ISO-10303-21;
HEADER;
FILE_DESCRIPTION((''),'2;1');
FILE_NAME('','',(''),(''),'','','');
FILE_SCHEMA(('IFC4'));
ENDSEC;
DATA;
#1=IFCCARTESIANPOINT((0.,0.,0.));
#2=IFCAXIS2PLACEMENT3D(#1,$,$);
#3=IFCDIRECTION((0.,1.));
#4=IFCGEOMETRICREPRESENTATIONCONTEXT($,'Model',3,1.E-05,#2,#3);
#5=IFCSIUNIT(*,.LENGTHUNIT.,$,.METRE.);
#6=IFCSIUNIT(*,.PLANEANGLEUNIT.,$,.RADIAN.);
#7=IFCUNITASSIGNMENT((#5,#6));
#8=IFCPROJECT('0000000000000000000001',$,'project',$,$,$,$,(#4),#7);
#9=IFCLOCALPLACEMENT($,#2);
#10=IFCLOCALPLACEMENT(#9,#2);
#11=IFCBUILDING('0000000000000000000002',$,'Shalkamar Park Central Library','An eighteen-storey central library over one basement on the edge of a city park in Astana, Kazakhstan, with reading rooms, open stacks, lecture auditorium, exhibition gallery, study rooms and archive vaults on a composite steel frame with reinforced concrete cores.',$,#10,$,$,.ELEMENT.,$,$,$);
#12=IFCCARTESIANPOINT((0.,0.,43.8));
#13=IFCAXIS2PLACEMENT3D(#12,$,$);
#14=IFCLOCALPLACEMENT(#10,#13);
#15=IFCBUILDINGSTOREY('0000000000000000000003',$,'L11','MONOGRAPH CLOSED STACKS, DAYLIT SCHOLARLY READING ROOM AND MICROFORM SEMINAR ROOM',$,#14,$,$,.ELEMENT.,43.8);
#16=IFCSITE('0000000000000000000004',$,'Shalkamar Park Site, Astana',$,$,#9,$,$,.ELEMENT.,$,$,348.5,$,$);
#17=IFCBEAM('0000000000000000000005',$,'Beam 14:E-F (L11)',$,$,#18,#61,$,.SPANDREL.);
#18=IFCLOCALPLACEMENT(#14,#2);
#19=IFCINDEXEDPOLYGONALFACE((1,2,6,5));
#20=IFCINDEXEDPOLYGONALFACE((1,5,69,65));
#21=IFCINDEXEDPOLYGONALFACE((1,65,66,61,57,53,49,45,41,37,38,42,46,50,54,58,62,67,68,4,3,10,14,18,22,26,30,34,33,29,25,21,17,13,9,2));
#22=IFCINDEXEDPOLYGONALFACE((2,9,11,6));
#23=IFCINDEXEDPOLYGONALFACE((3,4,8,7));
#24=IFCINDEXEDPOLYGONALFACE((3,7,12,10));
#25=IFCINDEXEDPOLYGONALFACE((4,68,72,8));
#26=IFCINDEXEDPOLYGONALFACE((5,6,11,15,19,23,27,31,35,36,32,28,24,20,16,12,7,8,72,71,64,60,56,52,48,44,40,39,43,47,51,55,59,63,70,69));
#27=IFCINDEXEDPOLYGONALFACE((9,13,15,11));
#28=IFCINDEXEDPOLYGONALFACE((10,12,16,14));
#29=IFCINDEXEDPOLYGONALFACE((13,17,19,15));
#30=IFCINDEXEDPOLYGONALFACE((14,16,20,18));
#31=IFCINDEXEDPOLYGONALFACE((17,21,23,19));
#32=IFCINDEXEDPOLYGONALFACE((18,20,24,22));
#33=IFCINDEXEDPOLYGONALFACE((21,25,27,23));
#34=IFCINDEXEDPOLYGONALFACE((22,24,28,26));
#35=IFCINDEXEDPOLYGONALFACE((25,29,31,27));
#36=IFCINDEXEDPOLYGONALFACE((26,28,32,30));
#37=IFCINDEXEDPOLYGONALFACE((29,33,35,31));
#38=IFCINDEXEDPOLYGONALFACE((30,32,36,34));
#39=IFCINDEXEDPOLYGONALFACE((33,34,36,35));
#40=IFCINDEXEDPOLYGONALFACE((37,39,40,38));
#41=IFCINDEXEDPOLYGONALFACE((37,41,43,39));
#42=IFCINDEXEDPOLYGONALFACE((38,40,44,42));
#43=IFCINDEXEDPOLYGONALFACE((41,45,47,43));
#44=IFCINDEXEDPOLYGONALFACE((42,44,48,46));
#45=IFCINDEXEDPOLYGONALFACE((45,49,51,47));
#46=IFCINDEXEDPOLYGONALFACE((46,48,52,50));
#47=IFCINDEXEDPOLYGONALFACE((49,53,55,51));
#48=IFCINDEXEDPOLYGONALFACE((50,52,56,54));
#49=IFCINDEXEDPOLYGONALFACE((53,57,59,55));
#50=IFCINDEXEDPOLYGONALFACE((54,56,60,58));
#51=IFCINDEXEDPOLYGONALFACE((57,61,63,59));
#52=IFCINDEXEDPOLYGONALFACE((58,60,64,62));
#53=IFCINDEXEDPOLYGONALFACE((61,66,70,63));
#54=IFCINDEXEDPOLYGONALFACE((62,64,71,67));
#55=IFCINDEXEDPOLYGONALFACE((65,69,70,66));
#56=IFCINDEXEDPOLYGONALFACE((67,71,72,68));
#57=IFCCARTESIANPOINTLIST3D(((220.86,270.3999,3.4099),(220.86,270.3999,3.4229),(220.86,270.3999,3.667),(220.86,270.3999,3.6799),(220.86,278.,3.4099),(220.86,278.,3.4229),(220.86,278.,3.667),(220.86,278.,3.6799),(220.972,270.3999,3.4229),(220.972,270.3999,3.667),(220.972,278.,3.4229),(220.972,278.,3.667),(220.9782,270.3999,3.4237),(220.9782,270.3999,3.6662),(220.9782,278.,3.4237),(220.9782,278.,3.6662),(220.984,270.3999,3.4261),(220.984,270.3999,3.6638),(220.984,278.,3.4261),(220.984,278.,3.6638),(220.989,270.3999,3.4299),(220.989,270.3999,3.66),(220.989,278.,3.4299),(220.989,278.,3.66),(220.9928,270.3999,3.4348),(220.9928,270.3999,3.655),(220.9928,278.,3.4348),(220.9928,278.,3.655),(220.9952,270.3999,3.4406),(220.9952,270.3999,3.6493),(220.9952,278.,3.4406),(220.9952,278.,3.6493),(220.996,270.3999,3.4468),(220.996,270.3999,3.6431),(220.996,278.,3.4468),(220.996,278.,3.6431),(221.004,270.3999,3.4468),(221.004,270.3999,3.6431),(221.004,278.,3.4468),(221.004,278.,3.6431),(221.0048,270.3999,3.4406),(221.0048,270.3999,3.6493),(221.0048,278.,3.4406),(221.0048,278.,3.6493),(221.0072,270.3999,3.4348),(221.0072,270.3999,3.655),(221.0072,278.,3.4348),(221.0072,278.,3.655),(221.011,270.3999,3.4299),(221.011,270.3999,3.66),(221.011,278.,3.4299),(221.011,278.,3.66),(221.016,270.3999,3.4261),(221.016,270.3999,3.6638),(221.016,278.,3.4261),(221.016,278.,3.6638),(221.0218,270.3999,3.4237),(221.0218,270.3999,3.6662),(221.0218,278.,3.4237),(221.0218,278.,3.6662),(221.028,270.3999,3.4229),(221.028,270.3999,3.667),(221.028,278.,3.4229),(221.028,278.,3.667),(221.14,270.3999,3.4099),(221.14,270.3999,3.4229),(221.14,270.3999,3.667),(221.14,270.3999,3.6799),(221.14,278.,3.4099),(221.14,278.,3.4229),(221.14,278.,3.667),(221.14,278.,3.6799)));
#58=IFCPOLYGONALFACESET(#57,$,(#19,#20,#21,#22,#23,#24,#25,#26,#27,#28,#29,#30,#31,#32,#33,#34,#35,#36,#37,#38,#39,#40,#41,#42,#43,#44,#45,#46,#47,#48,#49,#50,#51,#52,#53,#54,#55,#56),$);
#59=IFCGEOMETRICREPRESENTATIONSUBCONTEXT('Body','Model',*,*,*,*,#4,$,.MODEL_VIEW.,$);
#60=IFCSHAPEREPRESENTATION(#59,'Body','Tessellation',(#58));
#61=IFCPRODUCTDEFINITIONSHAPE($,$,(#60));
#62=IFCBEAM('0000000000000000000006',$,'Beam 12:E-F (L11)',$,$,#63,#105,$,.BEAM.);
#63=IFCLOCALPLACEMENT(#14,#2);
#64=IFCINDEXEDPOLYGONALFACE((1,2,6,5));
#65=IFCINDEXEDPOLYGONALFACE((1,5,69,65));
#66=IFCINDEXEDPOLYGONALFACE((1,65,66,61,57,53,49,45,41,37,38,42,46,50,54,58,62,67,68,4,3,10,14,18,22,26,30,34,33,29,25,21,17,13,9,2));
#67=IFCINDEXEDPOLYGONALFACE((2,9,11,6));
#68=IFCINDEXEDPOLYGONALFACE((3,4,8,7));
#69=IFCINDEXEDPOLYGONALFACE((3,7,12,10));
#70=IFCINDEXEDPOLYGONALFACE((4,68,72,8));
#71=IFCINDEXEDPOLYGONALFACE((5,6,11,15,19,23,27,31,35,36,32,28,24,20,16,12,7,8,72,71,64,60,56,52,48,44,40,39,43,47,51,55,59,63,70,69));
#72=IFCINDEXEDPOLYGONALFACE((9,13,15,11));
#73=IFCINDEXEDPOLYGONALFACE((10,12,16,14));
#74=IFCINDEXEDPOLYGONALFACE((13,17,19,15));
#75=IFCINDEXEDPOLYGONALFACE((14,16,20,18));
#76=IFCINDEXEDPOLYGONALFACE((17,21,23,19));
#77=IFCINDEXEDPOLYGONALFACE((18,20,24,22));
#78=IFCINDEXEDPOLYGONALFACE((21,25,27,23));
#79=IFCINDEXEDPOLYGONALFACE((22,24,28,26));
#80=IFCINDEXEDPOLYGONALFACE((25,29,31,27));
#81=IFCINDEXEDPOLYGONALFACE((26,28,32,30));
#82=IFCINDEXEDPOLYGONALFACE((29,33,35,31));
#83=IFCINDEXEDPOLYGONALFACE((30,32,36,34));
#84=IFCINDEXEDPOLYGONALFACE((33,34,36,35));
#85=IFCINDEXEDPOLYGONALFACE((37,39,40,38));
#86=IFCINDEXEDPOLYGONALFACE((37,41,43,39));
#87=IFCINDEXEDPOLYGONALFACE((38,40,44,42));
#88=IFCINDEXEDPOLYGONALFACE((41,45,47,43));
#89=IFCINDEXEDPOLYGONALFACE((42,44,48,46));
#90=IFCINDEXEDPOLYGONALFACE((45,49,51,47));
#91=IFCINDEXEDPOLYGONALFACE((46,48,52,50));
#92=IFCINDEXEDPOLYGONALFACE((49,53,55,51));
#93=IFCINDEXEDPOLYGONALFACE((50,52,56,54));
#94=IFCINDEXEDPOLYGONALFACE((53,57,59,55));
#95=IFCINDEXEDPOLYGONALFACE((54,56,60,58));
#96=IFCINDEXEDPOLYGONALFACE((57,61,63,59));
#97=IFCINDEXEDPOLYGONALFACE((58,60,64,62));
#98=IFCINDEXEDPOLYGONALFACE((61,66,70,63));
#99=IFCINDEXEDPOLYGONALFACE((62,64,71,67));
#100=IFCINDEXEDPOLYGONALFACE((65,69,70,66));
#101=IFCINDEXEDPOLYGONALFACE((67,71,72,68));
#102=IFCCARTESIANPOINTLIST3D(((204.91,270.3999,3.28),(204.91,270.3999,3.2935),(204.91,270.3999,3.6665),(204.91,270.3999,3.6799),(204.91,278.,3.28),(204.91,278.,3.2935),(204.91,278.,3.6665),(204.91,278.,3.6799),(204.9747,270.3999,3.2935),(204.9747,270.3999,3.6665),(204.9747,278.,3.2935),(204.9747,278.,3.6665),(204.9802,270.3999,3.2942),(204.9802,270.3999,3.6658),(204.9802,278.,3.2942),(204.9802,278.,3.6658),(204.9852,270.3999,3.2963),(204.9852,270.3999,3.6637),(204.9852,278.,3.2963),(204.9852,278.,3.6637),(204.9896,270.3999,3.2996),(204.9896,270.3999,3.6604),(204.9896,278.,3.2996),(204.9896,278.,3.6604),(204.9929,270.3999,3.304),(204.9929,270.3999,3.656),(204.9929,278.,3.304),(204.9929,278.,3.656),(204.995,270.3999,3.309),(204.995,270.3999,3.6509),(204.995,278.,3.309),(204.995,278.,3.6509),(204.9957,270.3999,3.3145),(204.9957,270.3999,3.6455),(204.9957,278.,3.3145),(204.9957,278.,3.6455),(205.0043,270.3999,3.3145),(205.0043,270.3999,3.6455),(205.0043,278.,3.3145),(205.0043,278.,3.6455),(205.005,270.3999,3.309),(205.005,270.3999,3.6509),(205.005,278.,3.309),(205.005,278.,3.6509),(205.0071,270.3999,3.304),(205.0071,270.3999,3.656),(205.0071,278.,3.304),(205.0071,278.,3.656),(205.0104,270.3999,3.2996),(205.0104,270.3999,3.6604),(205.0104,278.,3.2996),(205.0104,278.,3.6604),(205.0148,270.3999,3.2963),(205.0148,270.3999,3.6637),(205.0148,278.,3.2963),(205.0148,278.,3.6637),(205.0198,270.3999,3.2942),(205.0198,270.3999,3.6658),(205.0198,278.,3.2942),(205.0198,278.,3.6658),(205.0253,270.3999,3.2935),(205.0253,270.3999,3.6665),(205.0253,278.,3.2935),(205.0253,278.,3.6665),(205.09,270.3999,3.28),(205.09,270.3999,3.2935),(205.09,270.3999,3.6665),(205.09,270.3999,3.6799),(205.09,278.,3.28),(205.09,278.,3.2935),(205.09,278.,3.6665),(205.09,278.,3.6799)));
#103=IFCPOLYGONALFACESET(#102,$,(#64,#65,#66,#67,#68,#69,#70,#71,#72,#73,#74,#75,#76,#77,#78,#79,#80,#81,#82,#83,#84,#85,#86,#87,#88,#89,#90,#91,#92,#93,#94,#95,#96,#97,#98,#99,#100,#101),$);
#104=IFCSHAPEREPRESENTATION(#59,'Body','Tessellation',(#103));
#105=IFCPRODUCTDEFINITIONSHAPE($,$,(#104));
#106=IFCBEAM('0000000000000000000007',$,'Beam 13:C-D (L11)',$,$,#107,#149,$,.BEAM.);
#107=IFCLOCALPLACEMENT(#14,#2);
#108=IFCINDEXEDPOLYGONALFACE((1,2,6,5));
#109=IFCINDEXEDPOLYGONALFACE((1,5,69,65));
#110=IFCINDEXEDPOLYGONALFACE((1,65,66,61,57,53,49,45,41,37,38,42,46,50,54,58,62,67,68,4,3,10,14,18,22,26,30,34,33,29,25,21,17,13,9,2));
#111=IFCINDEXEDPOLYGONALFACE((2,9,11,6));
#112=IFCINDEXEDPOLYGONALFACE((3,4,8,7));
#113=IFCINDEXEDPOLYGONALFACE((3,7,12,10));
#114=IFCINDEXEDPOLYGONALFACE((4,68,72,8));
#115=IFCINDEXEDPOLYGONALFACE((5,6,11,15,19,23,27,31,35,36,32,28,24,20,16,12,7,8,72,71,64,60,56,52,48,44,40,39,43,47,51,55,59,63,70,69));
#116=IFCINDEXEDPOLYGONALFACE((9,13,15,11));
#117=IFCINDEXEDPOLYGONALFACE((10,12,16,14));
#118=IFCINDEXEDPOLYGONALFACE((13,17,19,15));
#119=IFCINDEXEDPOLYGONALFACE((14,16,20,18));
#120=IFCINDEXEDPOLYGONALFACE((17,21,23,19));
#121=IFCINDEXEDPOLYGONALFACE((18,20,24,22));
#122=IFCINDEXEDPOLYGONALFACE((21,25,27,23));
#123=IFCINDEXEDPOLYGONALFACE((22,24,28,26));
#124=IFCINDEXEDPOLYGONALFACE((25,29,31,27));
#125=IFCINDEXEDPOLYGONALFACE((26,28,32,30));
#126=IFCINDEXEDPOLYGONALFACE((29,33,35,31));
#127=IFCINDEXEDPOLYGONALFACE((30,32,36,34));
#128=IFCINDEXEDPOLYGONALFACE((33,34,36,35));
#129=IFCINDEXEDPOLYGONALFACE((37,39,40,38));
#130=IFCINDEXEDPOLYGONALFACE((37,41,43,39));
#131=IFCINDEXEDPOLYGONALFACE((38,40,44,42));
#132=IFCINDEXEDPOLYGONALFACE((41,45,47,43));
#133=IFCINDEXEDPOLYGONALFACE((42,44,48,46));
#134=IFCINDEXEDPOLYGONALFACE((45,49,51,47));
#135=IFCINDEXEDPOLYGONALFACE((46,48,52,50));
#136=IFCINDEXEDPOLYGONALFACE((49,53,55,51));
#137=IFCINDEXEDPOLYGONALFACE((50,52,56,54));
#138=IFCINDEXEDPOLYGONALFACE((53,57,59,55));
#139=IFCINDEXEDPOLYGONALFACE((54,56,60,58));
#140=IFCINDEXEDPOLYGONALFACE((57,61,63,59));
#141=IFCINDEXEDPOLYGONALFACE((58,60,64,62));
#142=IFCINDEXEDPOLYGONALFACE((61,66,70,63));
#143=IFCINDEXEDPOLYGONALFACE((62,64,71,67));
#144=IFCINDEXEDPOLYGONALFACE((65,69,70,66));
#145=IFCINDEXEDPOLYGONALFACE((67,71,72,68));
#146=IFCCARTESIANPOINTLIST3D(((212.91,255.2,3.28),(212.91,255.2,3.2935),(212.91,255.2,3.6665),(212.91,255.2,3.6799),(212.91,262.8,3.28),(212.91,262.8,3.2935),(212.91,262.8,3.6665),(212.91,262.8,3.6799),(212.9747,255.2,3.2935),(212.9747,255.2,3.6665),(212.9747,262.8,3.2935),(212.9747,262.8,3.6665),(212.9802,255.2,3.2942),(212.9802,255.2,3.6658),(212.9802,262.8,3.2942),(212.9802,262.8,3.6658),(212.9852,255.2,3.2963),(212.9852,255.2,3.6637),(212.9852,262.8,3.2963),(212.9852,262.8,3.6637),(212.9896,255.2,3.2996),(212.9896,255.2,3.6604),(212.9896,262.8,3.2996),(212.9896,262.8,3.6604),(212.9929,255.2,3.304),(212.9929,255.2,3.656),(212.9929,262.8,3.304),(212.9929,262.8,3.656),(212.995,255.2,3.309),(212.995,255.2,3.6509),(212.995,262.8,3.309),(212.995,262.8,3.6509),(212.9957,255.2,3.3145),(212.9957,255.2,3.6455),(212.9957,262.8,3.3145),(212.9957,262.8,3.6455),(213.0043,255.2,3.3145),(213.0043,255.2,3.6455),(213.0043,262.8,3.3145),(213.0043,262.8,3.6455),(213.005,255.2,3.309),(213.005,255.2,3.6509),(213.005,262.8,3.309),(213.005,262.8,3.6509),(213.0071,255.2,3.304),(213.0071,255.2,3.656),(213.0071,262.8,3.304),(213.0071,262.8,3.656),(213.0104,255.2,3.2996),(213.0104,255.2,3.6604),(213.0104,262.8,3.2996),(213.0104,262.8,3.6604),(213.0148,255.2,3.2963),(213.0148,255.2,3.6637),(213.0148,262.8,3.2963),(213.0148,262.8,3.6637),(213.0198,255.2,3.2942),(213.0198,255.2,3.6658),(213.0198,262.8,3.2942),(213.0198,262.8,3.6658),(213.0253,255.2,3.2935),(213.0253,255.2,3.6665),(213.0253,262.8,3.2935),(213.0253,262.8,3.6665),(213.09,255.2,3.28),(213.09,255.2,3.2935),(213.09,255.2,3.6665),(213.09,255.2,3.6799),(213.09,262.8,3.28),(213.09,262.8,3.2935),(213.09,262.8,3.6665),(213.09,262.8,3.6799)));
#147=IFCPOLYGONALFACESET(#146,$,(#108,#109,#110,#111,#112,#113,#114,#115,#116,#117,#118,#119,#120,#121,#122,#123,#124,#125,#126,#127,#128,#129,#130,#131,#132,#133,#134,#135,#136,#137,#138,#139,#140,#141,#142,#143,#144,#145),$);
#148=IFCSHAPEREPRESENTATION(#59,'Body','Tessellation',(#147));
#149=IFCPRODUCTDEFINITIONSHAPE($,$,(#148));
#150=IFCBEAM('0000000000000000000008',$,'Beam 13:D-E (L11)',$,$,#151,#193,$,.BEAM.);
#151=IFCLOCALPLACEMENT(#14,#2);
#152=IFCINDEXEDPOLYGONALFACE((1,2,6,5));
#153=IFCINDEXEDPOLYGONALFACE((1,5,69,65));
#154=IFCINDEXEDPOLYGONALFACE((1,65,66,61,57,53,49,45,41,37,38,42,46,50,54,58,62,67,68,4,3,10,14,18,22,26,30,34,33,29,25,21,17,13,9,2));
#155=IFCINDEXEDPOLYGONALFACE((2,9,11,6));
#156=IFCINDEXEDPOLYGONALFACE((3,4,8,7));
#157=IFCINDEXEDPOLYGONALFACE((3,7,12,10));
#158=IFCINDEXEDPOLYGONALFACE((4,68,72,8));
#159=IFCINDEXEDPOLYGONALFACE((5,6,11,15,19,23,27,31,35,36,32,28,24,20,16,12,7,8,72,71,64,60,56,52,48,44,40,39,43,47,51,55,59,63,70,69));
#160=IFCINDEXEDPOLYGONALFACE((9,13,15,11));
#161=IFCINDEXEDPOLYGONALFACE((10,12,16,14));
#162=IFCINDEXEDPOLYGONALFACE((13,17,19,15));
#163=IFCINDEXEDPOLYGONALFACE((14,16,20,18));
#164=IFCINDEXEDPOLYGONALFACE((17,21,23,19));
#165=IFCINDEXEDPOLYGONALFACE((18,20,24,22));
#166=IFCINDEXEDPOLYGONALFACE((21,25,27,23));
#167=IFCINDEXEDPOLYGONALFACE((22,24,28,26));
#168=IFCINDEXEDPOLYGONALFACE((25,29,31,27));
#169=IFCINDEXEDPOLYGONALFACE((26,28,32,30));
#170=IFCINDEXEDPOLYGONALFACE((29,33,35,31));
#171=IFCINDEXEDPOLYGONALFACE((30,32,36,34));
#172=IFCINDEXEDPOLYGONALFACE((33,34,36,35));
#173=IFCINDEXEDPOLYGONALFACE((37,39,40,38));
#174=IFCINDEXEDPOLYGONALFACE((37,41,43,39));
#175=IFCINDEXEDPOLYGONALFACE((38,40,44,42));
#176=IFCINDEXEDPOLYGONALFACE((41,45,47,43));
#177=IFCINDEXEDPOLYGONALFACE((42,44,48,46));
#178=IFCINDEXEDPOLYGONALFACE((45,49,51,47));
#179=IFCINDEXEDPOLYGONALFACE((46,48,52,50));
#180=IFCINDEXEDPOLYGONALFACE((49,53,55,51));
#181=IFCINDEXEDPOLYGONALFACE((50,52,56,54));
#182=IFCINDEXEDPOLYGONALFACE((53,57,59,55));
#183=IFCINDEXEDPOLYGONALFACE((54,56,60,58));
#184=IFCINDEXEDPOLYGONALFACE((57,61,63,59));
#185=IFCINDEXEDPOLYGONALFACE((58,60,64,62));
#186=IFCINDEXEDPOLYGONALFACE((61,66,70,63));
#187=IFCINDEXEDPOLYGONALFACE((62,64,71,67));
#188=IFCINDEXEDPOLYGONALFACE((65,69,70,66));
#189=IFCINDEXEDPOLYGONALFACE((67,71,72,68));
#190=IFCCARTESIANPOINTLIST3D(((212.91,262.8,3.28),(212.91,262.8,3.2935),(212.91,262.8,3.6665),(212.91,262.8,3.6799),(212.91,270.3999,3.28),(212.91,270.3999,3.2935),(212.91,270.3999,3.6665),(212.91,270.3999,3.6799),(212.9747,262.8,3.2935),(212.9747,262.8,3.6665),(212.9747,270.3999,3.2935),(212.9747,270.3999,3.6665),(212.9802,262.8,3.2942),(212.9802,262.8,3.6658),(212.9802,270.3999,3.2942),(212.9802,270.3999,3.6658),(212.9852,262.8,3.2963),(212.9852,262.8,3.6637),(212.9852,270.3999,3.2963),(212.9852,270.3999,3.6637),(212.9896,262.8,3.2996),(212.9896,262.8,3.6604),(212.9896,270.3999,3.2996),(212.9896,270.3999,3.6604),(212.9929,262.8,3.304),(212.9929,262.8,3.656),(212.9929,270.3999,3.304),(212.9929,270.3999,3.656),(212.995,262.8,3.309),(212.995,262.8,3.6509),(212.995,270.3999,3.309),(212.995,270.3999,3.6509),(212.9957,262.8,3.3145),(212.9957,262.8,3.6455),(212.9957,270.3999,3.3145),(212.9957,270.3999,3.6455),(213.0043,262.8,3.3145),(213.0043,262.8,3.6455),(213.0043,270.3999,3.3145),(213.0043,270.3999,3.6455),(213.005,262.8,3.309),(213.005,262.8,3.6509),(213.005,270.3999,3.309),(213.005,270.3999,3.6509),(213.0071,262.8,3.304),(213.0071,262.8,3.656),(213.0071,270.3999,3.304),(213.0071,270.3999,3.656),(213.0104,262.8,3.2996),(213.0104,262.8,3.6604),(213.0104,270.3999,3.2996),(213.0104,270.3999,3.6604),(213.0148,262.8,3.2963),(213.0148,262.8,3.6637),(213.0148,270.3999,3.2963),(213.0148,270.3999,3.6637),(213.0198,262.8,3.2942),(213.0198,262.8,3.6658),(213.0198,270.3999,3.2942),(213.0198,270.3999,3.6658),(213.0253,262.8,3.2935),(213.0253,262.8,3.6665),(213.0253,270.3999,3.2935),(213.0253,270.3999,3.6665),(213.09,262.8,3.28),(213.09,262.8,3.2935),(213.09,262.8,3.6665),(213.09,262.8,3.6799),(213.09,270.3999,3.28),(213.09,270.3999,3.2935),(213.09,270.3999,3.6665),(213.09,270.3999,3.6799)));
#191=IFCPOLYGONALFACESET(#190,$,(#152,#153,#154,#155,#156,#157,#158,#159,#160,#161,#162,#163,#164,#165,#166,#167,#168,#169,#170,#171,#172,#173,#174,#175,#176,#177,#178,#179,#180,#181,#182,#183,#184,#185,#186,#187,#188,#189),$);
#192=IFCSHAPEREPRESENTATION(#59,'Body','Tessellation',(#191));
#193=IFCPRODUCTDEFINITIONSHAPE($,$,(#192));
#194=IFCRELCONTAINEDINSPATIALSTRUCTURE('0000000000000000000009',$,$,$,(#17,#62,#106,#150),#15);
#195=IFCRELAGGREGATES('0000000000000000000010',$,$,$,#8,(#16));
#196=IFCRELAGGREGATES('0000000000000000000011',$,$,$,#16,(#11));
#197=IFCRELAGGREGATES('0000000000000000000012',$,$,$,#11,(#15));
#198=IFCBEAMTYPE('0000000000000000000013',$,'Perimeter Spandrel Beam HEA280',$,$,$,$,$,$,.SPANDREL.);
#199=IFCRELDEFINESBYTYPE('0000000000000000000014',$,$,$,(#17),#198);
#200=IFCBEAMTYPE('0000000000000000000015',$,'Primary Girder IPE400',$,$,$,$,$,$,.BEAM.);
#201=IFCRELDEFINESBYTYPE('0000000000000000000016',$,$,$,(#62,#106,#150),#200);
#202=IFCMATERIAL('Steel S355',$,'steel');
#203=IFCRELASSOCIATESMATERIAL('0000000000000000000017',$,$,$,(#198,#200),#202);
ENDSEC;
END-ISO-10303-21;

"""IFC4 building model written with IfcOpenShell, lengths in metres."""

from ifc_helpers import new_model, si_unit, direction, frame, origin, origin_2d, place, context, subcontext, project, spatial, i_section, extrude, material, material_profile, profile_set, type_object, element, save


model = new_model("IFC4")

# Units and contexts
model_context = context("Model", 3, precision=1e-05, world=origin(), true_north=direction((0.0, 1.0)))
body_context = subcontext(model_context, "Body", "Model", "MODEL_VIEW")
ifc_project = project(units=[si_unit("LENGTHUNIT", "METRE"), si_unit("PLANEANGLEUNIT", "RADIAN")], contexts=[model_context])

# Site, building, storey
site_placement = place(None, origin())
site = spatial("IfcSite", under=ifc_project, at=site_placement, Name="Shalkamar Park Site, Astana", CompositionType="ELEMENT", RefElevation=348.5)
building_placement = place(site_placement, origin())
building = spatial("IfcBuilding", under=site, at=building_placement, Name="Shalkamar Park Central Library", Description="An eighteen-storey central library over one basement on the edge of a city park in Astana, Kazakhstan, with reading rooms, open stacks, lecture auditorium, exhibition gallery, study rooms and archive vaults on a composite steel frame with reinforced concrete cores.", CompositionType="ELEMENT")
storey_placement = place(building_placement, frame((0.0, 0.0, 43.8)))
storey = spatial("IfcBuildingStorey", under=building, at=storey_placement, Name="L11", Description="MONOGRAPH CLOSED STACKS, DAYLIT SCHOLARLY READING ROOM AND MICROFORM SEMINAR ROOM", CompositionType="ELEMENT", Elevation=43.8)

# Shared definitions
ifc_material_1 = material(Name="Steel S355", Category="steel")

# Beams
ifc_material_profile_1 = material_profile(ifc_material_1, i_section(OverallWidth=0.28, OverallDepth=0.27, WebThickness=0.0081, FlangeThickness=0.0129, FilletRadius=0.0239, at=origin_2d()), Name="HEA 280")
ifc_profile_set_1 = profile_set([ifc_material_profile_1], Name="Steel S355")
beam_type_1 = type_object("IfcBeamType", Name="Perimeter Spandrel Beam HEA280", PredefinedType="SPANDREL", material=ifc_profile_set_1)
beam_1_placement = place(storey_placement, frame((221.0, 270.3999, 3.5449), z_axis=(0.0, 1.0, 0.0), x_axis=(-1.0, 0.0, 0.0)))
element("IfcBeam", 1, at=beam_1_placement, inside=storey, type_object=beam_type_1, Name="Beam 14:E-F (L11)", PredefinedType="SPANDREL", context=body_context, shape_type="SweptSolid", body=[
    extrude(i_section(OverallWidth=0.28, OverallDepth=0.27, WebThickness=0.0081, FlangeThickness=0.0129, FilletRadius=0.0239, at=origin_2d()), origin(), (0.0, 0.0, 1.0), 7.6001),
])
ifc_material_profile_2 = material_profile(ifc_material_1, i_section(OverallWidth=0.1799, OverallDepth=0.3999, WebThickness=0.0085, FlangeThickness=0.0134, FilletRadius=0.021, at=origin_2d()), Name="IPE 400")
ifc_profile_set_2 = profile_set([ifc_material_profile_2], Name="Steel S355")
beam_type_2 = type_object("IfcBeamType", Name="Primary Girder IPE400", PredefinedType="BEAM", material=ifc_profile_set_2)
for number, where, z_axis, x_axis, name in (
    (2, (205.0, 270.3999, 3.48), (0.0, 1.0, 0.0), (-1.0, 0.0, 0.0), "Beam 12:E-F (L11)"),
    (3, (213.0, 255.2, 3.48), (0.0, 1.0, 0.0), (-1.0, 0.0, 0.0), "Beam 13:C-D (L11)"),
):
    element("IfcBeam", number, at=place(storey_placement, frame(where, z_axis=z_axis, x_axis=x_axis)), inside=storey, type_object=beam_type_2, Name=name, PredefinedType="BEAM", context=body_context, shape_type="SweptSolid", body=[
        extrude(i_section(OverallWidth=0.1799, OverallDepth=0.3999, WebThickness=0.0085, FlangeThickness=0.0134, FilletRadius=0.021, at=origin_2d()), origin(), (0.0, 0.0, 1.0), 7.6001),
    ])
beam_2_placement = place(storey_placement, frame((213.0, 262.8, 3.48), z_axis=(0.0, 1.0, 0.0), x_axis=(-1.0, 0.0, 0.0)))
element("IfcBeam", 4, at=beam_2_placement, inside=storey, type_object=beam_type_2, Name="Beam 13:D-E (L11)", PredefinedType="BEAM", context=body_context, shape_type="SweptSolid", body=[
    extrude(i_section(OverallWidth=0.1799, OverallDepth=0.3999, WebThickness=0.0085, FlangeThickness=0.0134, FilletRadius=0.021, at=origin_2d()), origin(), (0.0, 0.0, 1.0), 7.5999),
])

save(model, "model.ifc")
